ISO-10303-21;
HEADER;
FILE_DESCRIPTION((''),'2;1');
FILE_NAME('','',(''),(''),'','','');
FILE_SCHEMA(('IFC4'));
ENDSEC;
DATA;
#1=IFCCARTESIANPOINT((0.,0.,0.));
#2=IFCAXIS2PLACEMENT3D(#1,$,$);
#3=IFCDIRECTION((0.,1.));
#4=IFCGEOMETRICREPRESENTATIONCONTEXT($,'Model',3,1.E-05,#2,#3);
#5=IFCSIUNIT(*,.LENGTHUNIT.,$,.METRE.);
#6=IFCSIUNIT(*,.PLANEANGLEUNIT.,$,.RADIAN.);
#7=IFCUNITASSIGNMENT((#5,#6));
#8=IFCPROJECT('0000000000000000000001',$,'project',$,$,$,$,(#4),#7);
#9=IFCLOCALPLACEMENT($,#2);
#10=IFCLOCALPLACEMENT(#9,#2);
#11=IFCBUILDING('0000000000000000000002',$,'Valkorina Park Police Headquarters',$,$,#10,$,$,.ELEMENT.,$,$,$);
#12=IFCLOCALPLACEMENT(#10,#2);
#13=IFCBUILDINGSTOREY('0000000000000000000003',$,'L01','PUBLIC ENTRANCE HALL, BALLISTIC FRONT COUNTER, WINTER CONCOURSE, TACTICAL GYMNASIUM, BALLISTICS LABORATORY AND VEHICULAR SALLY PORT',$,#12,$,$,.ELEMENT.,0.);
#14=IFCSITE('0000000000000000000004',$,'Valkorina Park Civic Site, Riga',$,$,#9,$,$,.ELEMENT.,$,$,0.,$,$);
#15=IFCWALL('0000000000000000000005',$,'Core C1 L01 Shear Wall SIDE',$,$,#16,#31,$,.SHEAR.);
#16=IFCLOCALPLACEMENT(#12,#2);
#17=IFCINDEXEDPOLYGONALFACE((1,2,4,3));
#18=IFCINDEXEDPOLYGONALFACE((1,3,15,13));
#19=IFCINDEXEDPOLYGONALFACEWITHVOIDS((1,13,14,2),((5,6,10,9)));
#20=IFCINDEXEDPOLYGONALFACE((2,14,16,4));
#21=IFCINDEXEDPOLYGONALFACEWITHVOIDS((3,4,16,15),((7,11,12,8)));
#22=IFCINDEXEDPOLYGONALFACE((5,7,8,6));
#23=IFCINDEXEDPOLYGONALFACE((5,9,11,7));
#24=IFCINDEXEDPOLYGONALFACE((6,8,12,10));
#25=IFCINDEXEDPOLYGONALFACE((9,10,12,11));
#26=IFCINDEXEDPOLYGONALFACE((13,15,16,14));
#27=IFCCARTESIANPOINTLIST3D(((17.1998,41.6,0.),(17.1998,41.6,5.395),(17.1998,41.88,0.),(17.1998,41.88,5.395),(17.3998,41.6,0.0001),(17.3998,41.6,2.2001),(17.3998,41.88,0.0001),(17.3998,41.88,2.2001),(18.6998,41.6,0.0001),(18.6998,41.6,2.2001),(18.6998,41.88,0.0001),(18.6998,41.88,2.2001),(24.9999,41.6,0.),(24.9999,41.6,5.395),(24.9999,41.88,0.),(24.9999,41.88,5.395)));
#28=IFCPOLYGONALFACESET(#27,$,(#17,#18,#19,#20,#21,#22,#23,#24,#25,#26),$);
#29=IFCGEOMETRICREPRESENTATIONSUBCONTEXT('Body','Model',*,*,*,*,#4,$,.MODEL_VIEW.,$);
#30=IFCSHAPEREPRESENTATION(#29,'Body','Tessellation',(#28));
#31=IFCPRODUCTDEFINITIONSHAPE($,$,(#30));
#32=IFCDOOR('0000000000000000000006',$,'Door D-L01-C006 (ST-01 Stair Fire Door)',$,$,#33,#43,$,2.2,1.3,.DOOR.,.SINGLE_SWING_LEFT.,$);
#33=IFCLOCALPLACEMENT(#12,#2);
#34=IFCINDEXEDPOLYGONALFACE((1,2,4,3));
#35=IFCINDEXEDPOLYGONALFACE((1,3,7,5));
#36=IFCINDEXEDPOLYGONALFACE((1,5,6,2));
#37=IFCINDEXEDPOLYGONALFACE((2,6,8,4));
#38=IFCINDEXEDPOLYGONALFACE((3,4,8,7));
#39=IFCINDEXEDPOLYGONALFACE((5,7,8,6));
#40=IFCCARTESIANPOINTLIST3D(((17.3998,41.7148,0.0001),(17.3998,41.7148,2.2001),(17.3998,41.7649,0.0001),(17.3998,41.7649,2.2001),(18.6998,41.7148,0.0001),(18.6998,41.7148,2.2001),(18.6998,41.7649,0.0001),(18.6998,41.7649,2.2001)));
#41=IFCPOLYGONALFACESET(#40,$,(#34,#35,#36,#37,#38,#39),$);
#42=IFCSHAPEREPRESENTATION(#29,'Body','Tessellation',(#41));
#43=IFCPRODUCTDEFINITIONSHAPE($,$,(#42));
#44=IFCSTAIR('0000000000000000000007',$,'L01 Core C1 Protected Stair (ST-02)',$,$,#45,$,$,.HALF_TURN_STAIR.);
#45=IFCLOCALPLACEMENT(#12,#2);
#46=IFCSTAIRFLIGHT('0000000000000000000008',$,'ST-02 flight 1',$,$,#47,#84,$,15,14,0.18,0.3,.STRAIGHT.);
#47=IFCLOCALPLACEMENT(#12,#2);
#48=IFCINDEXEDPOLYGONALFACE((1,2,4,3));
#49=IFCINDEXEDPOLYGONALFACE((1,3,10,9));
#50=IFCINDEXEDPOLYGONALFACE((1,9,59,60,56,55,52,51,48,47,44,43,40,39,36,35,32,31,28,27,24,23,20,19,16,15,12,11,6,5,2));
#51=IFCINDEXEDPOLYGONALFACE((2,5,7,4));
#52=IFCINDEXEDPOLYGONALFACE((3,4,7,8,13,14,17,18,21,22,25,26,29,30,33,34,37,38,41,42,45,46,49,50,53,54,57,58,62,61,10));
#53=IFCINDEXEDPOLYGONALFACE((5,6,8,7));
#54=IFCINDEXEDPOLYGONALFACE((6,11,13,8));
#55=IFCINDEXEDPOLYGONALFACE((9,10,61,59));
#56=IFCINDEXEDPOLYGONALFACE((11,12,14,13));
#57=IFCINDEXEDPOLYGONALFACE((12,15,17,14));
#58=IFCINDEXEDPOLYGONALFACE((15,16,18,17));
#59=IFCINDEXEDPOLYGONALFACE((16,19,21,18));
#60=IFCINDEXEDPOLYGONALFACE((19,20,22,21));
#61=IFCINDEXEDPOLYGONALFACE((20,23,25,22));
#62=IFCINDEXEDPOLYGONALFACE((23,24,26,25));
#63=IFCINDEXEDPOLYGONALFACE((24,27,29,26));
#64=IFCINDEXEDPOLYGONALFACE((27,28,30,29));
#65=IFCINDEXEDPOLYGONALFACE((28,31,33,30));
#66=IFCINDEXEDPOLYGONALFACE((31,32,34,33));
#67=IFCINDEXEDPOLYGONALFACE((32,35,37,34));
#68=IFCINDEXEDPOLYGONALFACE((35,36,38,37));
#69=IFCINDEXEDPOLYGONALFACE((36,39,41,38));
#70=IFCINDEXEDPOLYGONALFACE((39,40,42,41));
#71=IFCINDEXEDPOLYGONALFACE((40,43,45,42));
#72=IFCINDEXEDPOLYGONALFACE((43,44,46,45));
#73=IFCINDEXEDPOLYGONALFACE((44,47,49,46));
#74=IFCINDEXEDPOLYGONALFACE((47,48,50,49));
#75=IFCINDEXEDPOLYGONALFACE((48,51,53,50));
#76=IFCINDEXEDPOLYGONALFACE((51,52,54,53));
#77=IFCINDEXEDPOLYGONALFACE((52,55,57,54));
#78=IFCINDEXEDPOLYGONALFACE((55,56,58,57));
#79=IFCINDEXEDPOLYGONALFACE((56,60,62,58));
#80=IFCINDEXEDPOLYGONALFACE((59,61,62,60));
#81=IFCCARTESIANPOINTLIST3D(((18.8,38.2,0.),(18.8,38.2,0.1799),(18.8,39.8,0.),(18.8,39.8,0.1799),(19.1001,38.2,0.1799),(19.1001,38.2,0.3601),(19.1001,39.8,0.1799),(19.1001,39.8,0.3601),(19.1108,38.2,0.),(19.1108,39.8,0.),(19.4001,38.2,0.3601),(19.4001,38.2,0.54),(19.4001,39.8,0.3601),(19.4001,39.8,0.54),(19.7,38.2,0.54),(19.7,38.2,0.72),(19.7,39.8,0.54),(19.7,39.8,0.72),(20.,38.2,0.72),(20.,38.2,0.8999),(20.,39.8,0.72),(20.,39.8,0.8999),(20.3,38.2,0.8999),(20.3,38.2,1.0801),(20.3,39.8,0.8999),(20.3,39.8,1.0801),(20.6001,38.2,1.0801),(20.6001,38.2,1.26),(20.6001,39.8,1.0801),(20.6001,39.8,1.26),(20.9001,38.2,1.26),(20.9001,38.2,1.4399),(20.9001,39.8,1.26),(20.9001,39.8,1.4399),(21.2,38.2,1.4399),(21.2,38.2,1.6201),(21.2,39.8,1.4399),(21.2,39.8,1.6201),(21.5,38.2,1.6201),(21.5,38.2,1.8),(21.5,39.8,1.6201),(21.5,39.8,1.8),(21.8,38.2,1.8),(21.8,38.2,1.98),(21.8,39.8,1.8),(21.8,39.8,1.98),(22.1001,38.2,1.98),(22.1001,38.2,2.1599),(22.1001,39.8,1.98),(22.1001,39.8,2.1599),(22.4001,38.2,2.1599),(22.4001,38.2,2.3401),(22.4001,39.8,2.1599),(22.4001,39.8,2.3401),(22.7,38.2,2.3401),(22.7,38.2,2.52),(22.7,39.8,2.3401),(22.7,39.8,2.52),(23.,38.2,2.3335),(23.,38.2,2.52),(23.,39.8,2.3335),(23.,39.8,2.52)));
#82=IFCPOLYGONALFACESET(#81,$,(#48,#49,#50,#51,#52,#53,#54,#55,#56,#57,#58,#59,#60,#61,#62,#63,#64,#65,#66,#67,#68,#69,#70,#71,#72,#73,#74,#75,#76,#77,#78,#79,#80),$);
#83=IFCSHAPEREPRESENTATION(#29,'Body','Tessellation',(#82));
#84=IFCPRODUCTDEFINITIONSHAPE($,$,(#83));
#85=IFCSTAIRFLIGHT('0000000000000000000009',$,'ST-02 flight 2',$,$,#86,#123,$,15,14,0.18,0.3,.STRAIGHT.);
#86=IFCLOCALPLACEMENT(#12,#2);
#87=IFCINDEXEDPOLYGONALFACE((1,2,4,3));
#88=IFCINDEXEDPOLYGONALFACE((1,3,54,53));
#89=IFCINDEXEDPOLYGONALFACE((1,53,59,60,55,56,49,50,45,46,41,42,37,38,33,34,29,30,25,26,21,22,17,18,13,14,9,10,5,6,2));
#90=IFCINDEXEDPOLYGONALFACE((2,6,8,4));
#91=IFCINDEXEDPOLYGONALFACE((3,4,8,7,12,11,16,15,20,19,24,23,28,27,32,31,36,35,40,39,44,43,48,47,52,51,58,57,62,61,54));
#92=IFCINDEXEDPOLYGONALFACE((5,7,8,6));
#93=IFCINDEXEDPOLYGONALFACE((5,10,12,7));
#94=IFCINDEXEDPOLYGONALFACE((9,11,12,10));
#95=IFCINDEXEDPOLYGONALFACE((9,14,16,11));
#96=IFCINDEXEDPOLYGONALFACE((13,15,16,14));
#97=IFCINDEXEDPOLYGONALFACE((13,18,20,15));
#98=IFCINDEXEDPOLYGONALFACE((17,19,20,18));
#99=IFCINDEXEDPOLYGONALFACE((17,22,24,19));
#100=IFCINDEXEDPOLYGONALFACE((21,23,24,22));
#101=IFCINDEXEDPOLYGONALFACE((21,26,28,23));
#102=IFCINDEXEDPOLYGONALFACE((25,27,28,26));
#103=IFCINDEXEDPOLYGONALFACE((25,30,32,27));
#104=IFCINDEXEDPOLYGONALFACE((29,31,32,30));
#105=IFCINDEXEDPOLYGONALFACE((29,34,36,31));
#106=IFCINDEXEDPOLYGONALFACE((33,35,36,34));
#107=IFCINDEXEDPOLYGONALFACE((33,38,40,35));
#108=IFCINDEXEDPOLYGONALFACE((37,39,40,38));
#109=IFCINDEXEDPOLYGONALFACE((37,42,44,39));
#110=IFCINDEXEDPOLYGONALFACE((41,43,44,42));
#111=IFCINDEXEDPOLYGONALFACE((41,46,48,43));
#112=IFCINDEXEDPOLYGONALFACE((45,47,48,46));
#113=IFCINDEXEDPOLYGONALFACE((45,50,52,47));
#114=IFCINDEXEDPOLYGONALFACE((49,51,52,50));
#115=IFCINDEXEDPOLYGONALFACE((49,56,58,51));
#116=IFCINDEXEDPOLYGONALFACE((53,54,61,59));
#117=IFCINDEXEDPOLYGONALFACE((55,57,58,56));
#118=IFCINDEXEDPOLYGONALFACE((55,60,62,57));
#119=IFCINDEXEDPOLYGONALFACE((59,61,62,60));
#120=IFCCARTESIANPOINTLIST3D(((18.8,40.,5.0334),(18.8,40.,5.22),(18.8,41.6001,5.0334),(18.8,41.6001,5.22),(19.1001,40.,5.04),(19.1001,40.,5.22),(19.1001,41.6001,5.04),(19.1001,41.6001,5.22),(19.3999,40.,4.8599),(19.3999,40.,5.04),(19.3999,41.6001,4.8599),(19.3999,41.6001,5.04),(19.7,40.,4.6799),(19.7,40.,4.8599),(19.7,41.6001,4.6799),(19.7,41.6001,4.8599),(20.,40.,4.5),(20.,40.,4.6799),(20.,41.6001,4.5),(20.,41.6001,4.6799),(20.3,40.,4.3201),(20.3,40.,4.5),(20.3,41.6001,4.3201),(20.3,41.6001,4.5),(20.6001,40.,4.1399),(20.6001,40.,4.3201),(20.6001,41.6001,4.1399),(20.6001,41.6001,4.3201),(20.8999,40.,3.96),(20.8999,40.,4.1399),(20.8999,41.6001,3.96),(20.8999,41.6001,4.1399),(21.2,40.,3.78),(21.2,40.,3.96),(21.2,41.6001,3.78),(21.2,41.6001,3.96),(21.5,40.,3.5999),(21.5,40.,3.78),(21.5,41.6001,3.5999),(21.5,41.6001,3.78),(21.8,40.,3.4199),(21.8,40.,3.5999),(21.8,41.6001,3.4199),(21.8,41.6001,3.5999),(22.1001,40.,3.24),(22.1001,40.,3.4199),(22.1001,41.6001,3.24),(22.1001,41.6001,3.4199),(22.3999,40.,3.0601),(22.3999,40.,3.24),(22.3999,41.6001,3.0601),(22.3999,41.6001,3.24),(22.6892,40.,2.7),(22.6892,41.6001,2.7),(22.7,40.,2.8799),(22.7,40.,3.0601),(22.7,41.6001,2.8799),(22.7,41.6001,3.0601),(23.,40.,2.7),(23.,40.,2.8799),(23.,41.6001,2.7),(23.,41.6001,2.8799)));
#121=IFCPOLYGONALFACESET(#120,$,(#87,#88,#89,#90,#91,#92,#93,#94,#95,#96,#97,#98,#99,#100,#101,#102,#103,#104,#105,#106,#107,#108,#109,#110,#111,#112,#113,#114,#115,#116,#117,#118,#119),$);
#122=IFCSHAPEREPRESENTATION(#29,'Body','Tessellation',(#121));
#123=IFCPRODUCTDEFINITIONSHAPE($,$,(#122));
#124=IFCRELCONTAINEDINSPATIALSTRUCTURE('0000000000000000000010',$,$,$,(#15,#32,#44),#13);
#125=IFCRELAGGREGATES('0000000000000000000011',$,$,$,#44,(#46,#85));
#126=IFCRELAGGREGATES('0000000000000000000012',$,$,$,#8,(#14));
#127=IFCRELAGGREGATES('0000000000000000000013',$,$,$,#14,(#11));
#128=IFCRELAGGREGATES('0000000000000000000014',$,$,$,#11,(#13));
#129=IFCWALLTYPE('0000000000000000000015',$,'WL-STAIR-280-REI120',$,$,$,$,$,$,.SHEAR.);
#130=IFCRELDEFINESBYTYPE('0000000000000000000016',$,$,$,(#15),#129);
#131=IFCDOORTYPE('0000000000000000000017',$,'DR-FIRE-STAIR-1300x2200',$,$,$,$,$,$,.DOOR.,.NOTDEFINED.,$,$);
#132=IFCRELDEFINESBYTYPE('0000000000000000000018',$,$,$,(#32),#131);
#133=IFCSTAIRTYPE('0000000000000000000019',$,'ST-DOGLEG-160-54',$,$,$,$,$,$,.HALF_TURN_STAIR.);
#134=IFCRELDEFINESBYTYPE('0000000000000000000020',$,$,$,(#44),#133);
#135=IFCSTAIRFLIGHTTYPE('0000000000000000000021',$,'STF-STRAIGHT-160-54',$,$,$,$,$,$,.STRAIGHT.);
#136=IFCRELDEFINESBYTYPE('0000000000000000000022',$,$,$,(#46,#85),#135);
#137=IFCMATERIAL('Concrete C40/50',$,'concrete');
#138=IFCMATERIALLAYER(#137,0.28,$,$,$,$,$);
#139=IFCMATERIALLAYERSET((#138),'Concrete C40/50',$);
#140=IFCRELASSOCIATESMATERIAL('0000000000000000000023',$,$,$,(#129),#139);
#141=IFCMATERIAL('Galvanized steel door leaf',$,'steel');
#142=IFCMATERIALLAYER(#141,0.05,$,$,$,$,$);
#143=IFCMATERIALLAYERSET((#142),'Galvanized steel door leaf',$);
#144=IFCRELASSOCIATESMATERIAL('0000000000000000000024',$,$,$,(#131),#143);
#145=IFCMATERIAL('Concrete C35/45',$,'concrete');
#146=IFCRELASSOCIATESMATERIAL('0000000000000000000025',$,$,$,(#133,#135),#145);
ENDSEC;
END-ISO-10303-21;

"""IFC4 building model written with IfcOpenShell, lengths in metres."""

from ifc_helpers import new_model, si_unit, direction, frame, frame_2d, origin, place, context, subcontext, project, spatial, polyline, rectangle, outline, extrude, material, layer, layer_set, type_object, element, fill, aggregate, save


model = new_model("IFC4")

# Units and contexts
model_context = context("Model", 3, precision=1e-05, world=origin(), true_north=direction((0.0, 1.0)))
body_context = subcontext(model_context, "Body", "Model", "MODEL_VIEW")
ifc_project = project(units=[si_unit("LENGTHUNIT", "METRE"), si_unit("PLANEANGLEUNIT", "RADIAN")], contexts=[model_context])

# Site, building, storey
site_placement = place(None, origin())
site = spatial("IfcSite", under=ifc_project, at=site_placement, Name="Valkorina Park Civic Site, Riga", CompositionType="ELEMENT", RefElevation=0.0)
building_placement = place(site_placement, origin())
building = spatial("IfcBuilding", under=site, at=building_placement, Name="Valkorina Park Police Headquarters", CompositionType="ELEMENT")
storey_placement = place(building_placement, origin())
storey = spatial("IfcBuildingStorey", under=building, at=storey_placement, Name="L01", Description="PUBLIC ENTRANCE HALL, BALLISTIC FRONT COUNTER, WINTER CONCOURSE, TACTICAL GYMNASIUM, BALLISTICS LABORATORY AND VEHICULAR SALLY PORT", CompositionType="ELEMENT", Elevation=0.0)

# Shared definitions
ifc_material_1 = material(Name="Concrete C40/50", Category="concrete")

# Shared definitions
ifc_material_2 = material(Name="Galvanized steel door leaf", Category="steel")

# Shared definitions
ifc_layer_1 = layer(ifc_material_1, 0.28)
ifc_layer_set_1 = layer_set([ifc_layer_1], Name="Concrete C40/50")
wall_type_1 = type_object("IfcWallType", Name="WL-STAIR-280-REI120", PredefinedType="SHEAR", material=ifc_layer_set_1)

# Wall, opening, door
wall_1_placement = place(storey_placement, frame((17.2, 41.74, 0.0), z_axis=(0.0, 0.0, 1.0), x_axis=(1.0, 0.0, 0.0)))
wall_1 = element("IfcWall", 1, at=wall_1_placement, inside=storey, type_object=wall_type_1, Name="Core C1 L01 Shear Wall SIDE", PredefinedType="SHEAR", context=body_context, shape_type="SweptSolid", body=[
    extrude(rectangle(XDim=7.8, YDim=0.28, at=frame_2d((3.8999, 0.0))), origin(), (0.0, 0.0, 1.0), 5.395),
])
opening_1_placement = place(wall_1_placement, frame((0.2, 0.0, 0.0)))
opening_1 = element("IfcOpeningElement", 2, at=opening_1_placement, cuts=wall_1, PredefinedType="OPENING", context=body_context, shape_type="SweptSolid", body=[
    extrude(rectangle(XDim=1.3, YDim=2.2, at=frame_2d((0.6499, 1.1001))), frame((0.0, 0.1499, 0.0), z_axis=(0.0, -1.0, 0.0), x_axis=(1.0, 0.0, 0.0)), (0.0, 0.0, 1.0), 0.3),
])
ifc_layer_2 = layer(ifc_material_2, 0.05)
ifc_layer_set_2 = layer_set([ifc_layer_2], Name="Galvanized steel door leaf")
door_type_1 = type_object("IfcDoorType", Name="DR-FIRE-STAIR-1300x2200", OperationType="NOTDEFINED", PredefinedType="DOOR", material=ifc_layer_set_2)
door_1_placement = place(opening_1_placement, origin())
door_1 = element("IfcDoor", 3, at=door_1_placement, inside=storey, type_object=door_type_1, Name="Door D-L01-C006 (ST-01 Stair Fire Door)", OperationType="SINGLE_SWING_LEFT", OverallHeight=2.2, OverallWidth=1.3, PredefinedType="DOOR", context=body_context, shape_type="SweptSolid", body=[
    extrude(rectangle(XDim=1.3, YDim=2.2, at=frame_2d((0.6499, 1.1001))), frame((0.0, 0.0249, 0.0), z_axis=(0.0, -1.0, 0.0), x_axis=(1.0, 0.0, 0.0)), (0.0, 0.0, 1.0), 0.05),
])
fill(opening_1, door_1)

# Stair, stair flights
ifc_material_3 = material(Name="Concrete C35/45", Category="concrete")
stair_type = type_object("IfcStairType", Name="ST-DOGLEG-160-54", PredefinedType="HALF_TURN_STAIR", material=ifc_material_3)
stair_placement = place(storey_placement, origin())
stair = element("IfcStair", 4, at=stair_placement, inside=storey, type_object=stair_type, Name="L01 Core C1 Protected Stair (ST-02)", PredefinedType="HALF_TURN_STAIR")
stair_flight_type = type_object("IfcStairFlightType", Name="STF-STRAIGHT-160-54", PredefinedType="STRAIGHT", material=ifc_material_3)
stair_flight_1_placement = place(storey_placement, frame((18.8, 39.0, 0.0), z_axis=(0.0, 0.0, 1.0), x_axis=(1.0, 0.0, 0.0)))
stair_flight_1 = element("IfcStairFlight", 5, at=stair_flight_1_placement, type_object=stair_flight_type, Name="ST-02 flight 1", NumberOfRisers=15, NumberOfTreads=14, PredefinedType="STRAIGHT", RiserHeight=0.18, TreadLength=0.3, context=body_context, shape_type="SweptSolid", body=[
    extrude(outline(polyline([(0.0, 0.0), (0.0, 0.1799), (0.3, 0.1799), (0.3, 0.3601), (0.6001, 0.3601), (0.6001, 0.54), (0.8999, 0.54), (0.8999, 0.72), (1.2, 0.72), (1.2, 0.8999), (1.5, 0.8999), (1.5, 1.0801), (1.8, 1.0801), (1.8, 1.26), (2.1001, 1.26), (2.1001, 1.4399), (2.3999, 1.4399), (2.3999, 1.6201), (2.7, 1.6201), (2.7, 1.8), (3.0, 1.8), (3.0, 1.98), (3.3, 1.98), (3.3, 2.1599), (3.6001, 2.1599), (3.6001, 2.3401), (3.8999, 2.3401), (3.8999, 2.52), (4.2, 2.52), (4.2, 2.7), (4.2, 2.3335), (0.3108, 0.0), (0.0, 0.0)])), frame((0.0, 0.8, 0.0), z_axis=(0.0, -1.0, 0.0), x_axis=(1.0, 0.0, 0.0)), (0.0, 0.0, 1.0), 1.6001),
])
stair_flight_2_placement = place(storey_placement, frame((23.0, 40.8, 2.7), z_axis=(0.0, 0.0, 1.0), x_axis=(-1.0, 0.0, 0.0)))
stair_flight_2 = element("IfcStairFlight", 6, at=stair_flight_2_placement, type_object=stair_flight_type, Name="ST-02 flight 2", NumberOfRisers=15, NumberOfTreads=14, PredefinedType="STRAIGHT", RiserHeight=0.18, TreadLength=0.3, context=body_context, shape_type="SweptSolid", body=[
    extrude(outline(polyline([(0.0, 0.0), (0.0, 0.1799), (0.3, 0.1799), (0.3, 0.3601), (0.6001, 0.3601), (0.6001, 0.54), (0.8999, 0.54), (0.8999, 0.72), (1.2, 0.72), (1.2, 0.8999), (1.5, 0.8999), (1.5, 1.0801), (1.8, 1.0801), (1.8, 1.26), (2.1001, 1.26), (2.1001, 1.4399), (2.3999, 1.4399), (2.3999, 1.6201), (2.7, 1.6201), (2.7, 1.8), (3.0, 1.8), (3.0, 1.98), (3.3, 1.98), (3.3, 2.1599), (3.6001, 2.1599), (3.6001, 2.3401), (3.8999, 2.3401), (3.8999, 2.52), (4.2, 2.52), (4.2, 2.7), (4.2, 2.3335), (0.3108, 0.0), (0.0, 0.0)])), frame((0.0, 0.8, 0.0), z_axis=(0.0, -1.0, 0.0), x_axis=(1.0, 0.0, 0.0)), (0.0, 0.0, 1.0), 1.6001),
])
aggregate(stair, [stair_flight_1, stair_flight_2])

save(model, "model.ifc")
